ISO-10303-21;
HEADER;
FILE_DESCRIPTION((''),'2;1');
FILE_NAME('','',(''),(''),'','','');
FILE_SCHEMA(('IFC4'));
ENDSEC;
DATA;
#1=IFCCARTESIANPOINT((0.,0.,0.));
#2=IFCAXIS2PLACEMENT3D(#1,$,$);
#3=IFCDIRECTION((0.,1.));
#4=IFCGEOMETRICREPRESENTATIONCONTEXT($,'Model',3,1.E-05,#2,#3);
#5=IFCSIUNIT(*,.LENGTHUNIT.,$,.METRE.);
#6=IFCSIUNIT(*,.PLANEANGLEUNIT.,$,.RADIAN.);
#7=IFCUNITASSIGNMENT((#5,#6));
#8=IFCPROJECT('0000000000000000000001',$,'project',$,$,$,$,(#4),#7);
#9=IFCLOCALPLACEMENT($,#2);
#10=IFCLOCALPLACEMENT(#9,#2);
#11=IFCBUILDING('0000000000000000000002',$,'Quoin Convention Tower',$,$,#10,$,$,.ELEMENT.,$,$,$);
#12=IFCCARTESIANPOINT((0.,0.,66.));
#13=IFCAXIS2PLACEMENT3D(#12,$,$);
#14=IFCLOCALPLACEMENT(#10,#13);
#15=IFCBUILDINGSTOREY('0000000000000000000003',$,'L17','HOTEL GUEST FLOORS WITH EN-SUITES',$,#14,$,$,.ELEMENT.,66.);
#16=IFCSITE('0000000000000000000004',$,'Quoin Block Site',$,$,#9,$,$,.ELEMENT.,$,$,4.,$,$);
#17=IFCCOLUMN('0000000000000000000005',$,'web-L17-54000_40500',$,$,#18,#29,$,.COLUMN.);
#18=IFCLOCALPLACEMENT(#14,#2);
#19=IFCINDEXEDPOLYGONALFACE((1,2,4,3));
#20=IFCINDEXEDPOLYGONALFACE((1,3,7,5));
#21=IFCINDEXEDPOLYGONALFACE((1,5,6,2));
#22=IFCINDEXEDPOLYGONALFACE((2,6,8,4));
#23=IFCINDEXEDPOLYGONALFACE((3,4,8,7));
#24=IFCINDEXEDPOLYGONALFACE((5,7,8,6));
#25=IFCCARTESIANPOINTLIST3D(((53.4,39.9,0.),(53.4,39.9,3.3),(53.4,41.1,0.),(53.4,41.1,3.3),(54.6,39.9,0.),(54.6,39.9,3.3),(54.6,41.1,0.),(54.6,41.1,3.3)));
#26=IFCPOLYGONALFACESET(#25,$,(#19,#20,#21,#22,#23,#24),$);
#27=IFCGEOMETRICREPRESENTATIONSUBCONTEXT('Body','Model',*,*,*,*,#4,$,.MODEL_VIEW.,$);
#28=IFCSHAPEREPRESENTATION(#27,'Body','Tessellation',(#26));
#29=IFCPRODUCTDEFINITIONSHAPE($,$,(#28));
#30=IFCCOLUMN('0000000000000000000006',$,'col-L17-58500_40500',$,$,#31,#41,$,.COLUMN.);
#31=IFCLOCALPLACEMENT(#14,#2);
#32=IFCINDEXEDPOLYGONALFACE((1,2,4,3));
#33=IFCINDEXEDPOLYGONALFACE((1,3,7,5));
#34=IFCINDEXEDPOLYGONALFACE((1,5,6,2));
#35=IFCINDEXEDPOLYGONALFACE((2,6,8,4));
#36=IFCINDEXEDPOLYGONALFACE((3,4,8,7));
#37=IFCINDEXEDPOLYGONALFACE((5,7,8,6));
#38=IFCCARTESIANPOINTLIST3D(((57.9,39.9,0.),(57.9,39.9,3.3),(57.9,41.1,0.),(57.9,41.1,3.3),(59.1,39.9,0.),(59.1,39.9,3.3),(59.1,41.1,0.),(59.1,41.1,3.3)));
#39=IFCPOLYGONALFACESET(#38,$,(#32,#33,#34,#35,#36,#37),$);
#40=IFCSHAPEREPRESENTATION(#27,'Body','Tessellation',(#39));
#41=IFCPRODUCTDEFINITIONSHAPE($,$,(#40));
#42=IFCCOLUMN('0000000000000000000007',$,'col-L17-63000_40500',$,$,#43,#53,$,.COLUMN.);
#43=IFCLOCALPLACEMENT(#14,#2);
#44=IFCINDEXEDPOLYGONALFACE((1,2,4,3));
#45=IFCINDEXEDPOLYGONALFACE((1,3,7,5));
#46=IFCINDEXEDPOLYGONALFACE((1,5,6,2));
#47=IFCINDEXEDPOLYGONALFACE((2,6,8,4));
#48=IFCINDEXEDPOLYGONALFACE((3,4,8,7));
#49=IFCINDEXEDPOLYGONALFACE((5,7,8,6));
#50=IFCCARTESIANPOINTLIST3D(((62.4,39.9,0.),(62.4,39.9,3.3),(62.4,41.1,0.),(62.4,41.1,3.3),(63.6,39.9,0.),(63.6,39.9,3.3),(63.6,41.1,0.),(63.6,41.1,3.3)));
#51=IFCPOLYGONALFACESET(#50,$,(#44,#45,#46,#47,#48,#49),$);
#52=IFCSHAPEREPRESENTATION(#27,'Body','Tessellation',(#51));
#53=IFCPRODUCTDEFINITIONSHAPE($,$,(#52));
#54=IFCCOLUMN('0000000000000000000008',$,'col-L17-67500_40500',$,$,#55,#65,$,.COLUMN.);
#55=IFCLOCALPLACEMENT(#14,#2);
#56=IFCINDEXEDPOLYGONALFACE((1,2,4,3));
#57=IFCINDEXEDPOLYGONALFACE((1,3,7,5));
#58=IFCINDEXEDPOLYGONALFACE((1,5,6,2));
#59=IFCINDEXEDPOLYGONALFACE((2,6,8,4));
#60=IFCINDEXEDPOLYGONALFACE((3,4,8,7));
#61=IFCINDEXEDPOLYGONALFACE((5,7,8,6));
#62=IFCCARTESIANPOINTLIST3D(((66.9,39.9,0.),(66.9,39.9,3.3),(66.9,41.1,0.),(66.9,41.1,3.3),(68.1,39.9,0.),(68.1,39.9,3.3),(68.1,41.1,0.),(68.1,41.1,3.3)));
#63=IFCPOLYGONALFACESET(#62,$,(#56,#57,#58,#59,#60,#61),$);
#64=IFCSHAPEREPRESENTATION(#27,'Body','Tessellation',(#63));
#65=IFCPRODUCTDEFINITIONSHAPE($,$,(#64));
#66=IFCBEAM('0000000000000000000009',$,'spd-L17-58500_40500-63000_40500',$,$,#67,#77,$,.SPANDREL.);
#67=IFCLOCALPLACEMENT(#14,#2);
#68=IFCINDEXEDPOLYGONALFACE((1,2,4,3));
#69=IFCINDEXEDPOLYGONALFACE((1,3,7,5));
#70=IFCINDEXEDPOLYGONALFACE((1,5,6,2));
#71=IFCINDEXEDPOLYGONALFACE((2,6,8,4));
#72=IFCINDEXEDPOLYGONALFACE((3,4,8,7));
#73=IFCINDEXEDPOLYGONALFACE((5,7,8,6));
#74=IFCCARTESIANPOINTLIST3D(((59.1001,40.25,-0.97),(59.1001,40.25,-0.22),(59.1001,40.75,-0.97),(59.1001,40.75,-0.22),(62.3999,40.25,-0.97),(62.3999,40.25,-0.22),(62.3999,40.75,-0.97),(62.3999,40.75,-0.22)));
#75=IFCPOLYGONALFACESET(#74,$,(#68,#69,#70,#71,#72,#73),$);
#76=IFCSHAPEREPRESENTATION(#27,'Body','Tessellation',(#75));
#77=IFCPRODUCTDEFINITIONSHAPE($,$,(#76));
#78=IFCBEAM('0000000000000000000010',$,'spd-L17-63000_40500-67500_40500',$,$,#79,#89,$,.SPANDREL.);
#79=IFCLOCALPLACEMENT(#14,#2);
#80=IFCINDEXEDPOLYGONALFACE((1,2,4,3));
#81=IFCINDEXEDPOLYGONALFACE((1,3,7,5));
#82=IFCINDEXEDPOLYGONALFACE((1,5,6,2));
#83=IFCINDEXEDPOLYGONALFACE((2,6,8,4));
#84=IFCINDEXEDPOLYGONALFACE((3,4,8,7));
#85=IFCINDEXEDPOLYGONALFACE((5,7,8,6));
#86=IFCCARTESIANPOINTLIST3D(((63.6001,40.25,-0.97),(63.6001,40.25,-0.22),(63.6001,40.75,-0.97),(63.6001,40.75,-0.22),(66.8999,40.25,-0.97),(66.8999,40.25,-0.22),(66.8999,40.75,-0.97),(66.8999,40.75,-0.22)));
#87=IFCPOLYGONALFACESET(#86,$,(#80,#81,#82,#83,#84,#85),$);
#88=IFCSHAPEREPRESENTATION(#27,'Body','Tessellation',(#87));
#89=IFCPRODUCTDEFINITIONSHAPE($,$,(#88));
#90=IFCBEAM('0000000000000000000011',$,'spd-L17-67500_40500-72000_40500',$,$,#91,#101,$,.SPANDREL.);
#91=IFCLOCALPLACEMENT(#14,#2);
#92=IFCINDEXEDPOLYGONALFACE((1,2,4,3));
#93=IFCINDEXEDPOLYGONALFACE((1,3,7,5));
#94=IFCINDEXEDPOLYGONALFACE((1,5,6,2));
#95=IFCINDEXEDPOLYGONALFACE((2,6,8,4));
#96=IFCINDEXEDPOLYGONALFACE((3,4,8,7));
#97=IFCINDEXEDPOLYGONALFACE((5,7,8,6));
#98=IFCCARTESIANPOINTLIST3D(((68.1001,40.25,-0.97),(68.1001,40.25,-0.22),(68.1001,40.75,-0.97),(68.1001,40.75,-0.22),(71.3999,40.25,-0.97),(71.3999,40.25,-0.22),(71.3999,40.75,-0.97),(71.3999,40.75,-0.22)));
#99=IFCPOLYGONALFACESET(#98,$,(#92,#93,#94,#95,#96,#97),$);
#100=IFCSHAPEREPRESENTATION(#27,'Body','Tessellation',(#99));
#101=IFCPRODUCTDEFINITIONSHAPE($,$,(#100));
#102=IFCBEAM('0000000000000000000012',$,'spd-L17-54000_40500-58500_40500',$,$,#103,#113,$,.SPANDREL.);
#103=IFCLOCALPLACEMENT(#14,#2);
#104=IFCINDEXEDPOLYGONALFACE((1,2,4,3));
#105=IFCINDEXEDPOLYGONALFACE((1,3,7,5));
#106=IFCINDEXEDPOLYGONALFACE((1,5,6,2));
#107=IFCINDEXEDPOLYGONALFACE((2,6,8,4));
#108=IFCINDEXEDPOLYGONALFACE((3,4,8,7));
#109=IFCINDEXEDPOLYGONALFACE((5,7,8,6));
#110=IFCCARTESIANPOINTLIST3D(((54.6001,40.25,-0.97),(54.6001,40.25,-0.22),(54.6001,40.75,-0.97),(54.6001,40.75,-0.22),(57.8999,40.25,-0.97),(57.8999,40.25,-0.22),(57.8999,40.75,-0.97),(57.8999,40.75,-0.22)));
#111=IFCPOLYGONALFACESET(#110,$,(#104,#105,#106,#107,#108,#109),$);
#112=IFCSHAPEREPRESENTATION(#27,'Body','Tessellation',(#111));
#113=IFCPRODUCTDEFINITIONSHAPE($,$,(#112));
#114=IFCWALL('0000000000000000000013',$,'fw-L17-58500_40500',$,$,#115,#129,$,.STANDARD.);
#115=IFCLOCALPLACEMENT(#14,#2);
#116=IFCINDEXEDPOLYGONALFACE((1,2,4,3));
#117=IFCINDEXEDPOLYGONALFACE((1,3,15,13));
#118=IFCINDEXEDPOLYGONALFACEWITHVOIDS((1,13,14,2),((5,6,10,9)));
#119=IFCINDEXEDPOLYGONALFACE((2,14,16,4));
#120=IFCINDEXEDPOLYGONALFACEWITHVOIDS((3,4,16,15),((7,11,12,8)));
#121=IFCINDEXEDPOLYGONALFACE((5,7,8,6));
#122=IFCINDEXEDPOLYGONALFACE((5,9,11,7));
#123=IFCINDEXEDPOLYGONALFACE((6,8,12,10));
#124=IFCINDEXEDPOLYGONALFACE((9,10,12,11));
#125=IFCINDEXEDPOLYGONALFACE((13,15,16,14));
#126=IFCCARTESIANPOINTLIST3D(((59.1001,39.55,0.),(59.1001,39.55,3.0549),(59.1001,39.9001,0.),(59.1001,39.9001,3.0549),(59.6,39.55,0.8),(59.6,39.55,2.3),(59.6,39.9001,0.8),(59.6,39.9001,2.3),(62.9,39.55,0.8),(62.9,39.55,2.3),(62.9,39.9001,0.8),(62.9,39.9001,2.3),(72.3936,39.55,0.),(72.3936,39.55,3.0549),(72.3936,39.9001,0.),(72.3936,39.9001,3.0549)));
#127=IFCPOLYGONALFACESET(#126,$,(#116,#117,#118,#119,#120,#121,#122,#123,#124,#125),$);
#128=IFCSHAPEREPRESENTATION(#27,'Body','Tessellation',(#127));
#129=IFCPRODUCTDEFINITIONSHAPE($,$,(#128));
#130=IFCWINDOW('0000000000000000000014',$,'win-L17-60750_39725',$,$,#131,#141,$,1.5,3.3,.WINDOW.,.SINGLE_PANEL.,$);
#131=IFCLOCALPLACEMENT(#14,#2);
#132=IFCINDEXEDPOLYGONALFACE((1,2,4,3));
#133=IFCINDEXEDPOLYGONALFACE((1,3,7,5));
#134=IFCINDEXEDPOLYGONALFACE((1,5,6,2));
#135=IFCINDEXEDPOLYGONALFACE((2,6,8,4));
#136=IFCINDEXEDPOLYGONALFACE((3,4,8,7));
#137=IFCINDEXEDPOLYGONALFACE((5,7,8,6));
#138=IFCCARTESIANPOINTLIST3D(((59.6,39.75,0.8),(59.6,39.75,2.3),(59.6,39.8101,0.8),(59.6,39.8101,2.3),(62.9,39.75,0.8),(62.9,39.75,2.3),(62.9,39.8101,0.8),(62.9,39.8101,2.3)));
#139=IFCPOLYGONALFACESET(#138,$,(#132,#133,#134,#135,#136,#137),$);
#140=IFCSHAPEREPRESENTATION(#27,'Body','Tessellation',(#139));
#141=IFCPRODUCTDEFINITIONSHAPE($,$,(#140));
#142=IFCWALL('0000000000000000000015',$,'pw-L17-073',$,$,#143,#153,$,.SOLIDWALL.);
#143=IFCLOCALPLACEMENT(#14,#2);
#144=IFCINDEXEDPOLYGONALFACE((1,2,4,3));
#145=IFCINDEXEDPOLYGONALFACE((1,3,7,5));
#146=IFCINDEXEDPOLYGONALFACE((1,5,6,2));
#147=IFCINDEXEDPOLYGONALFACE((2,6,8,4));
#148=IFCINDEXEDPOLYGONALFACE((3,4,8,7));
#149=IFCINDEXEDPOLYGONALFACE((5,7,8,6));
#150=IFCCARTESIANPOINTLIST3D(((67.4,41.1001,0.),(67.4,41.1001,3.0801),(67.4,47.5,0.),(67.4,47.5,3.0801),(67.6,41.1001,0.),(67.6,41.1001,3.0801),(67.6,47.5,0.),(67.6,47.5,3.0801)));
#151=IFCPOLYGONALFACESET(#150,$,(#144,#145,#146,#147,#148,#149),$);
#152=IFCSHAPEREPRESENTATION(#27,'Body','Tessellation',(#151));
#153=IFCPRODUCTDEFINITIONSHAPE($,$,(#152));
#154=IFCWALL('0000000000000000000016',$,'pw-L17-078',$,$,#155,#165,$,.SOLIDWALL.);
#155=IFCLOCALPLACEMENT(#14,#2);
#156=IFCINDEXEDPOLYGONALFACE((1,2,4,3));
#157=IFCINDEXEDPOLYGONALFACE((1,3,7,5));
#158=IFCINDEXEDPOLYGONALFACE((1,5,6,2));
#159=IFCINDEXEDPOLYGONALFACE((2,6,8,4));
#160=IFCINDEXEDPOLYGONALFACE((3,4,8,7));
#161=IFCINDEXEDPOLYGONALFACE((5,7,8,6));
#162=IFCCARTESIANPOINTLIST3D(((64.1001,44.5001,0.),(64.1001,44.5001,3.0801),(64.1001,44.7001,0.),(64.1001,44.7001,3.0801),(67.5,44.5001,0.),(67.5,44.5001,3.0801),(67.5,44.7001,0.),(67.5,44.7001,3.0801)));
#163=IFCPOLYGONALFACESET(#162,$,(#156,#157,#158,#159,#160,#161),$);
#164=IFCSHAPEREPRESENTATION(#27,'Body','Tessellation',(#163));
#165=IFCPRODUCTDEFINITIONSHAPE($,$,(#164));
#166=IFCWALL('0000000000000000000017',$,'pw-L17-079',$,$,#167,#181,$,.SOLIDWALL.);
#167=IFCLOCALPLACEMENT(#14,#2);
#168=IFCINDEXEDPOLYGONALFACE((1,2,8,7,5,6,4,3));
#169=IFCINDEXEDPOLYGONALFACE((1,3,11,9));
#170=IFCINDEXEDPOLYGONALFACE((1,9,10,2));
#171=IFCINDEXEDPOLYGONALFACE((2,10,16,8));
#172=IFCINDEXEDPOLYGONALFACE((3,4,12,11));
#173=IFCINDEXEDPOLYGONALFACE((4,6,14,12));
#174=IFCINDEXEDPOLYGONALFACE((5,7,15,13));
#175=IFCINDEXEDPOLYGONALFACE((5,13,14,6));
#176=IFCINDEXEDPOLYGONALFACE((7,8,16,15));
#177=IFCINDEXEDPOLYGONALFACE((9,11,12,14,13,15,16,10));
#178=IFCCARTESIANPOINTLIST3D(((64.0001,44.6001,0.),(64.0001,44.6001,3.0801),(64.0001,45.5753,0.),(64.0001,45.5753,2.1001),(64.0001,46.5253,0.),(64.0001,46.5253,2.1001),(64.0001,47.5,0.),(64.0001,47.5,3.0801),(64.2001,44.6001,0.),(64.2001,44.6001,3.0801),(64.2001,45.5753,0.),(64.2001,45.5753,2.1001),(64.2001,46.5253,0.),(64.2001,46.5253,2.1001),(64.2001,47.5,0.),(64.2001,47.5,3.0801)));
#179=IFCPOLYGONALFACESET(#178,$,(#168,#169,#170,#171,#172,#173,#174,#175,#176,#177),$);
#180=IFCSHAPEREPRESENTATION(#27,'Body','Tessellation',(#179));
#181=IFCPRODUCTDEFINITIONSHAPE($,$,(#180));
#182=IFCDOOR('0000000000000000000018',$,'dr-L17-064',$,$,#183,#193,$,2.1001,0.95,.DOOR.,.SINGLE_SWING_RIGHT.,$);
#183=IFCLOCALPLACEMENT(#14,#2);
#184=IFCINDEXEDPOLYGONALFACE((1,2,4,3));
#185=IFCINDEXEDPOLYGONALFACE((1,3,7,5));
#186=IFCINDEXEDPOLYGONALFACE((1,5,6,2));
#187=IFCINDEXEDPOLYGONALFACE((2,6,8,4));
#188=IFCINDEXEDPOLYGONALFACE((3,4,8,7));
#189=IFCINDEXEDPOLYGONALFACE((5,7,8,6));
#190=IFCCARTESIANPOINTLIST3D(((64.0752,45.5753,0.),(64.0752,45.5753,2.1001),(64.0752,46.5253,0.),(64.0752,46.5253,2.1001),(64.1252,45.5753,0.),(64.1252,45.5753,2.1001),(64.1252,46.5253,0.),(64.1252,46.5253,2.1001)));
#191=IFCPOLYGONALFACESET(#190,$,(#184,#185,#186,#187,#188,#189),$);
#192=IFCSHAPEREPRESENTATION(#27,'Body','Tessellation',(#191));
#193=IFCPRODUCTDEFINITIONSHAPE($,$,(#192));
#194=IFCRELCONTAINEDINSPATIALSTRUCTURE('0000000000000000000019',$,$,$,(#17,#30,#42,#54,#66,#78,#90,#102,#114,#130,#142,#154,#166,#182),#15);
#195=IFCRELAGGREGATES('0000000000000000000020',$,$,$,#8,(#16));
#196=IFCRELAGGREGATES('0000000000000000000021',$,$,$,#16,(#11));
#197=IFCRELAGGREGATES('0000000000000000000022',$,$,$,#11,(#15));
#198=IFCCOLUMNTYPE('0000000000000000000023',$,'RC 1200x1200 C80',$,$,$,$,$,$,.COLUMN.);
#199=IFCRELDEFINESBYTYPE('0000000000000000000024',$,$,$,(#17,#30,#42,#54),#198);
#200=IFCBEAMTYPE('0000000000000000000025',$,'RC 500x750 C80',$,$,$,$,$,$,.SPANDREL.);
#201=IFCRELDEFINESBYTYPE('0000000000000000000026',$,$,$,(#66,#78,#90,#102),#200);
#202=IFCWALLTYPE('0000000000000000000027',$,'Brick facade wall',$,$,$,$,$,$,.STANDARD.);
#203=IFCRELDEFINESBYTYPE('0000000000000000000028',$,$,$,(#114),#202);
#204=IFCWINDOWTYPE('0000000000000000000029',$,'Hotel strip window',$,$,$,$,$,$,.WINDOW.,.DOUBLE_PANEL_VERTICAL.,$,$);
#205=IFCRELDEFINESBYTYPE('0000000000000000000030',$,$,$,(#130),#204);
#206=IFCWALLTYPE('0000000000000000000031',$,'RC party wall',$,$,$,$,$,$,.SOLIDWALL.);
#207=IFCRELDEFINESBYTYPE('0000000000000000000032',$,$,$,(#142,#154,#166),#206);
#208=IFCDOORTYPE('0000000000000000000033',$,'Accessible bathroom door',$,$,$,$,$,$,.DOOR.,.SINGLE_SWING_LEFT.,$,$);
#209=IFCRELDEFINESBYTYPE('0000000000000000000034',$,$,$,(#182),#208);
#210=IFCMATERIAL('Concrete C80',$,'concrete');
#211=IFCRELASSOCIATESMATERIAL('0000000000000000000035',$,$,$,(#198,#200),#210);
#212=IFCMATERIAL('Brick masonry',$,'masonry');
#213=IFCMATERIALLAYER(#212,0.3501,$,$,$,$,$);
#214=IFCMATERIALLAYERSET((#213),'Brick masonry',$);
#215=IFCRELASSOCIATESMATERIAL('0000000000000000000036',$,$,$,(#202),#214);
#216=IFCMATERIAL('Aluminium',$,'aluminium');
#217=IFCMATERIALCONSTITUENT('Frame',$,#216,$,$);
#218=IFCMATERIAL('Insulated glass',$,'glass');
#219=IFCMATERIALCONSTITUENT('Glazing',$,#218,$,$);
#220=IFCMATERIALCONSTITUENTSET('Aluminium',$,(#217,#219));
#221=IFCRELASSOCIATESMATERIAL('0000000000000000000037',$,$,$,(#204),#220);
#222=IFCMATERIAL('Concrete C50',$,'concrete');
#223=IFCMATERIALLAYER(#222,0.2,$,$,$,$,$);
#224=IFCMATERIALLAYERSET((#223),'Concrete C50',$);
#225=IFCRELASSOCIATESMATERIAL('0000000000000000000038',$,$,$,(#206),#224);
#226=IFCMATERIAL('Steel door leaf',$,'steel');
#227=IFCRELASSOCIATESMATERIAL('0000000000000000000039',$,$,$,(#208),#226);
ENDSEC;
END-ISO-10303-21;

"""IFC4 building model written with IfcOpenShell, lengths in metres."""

from ifc_helpers import new_model, si_unit, direction, frame, frame_2d, origin, origin_2d, place, context, subcontext, project, spatial, rectangle, extrude, material, layer, layer_set, constituent, constituent_set, material_profile, profile_set, type_object, element, fill, save


model = new_model("IFC4")

# Units and contexts
model_context = context("Model", 3, precision=1e-05, world=origin(), true_north=direction((0.0, 1.0)))
body_context = subcontext(model_context, "Body", "Model", "MODEL_VIEW")
ifc_project = project(units=[si_unit("LENGTHUNIT", "METRE"), si_unit("PLANEANGLEUNIT", "RADIAN")], contexts=[model_context])

# Site, building, storey
site_placement = place(None, origin())
site = spatial("IfcSite", under=ifc_project, at=site_placement, Name="Quoin Block Site", CompositionType="ELEMENT", RefElevation=4.0)
building_placement = place(site_placement, origin())
building = spatial("IfcBuilding", under=site, at=building_placement, Name="Quoin Convention Tower", CompositionType="ELEMENT")
storey_placement = place(building_placement, frame((0.0, 0.0, 66.0)))
storey = spatial("IfcBuildingStorey", under=building, at=storey_placement, Name="L17", Description="HOTEL GUEST FLOORS WITH EN-SUITES", CompositionType="ELEMENT", Elevation=66.0)

# Columns
ifc_material_1 = material(Name="Concrete C80", Category="concrete")
ifc_material_profile_1 = material_profile(ifc_material_1, rectangle(XDim=1.2, YDim=1.2, at=origin_2d()), Name="RC 1200x1200")
ifc_profile_set_1 = profile_set([ifc_material_profile_1], Name="Concrete C80")
column_type = type_object("IfcColumnType", Name="RC 1200x1200 C80", PredefinedType="COLUMN", material=ifc_profile_set_1)
for number, where, z_axis, x_axis, name in (
    (1, (54.0, 40.5, 0.0), (0.0, 0.0, 1.0), (1.0, 0.0, 0.0), "web-L17-54000_40500"),
    (2, (58.5, 40.5, 0.0), (0.0, 0.0, 1.0), (1.0, 0.0, 0.0), "col-L17-58500_40500"),
    (3, (63.0, 40.5, 0.0), (0.0, 0.0, 1.0), (1.0, 0.0, 0.0), "col-L17-63000_40500"),
    (4, (67.5, 40.5, 0.0), (0.0, 0.0, 1.0), (1.0, 0.0, 0.0), "col-L17-67500_40500"),
):
    element("IfcColumn", number, at=place(storey_placement, frame(where, z_axis=z_axis, x_axis=x_axis)), inside=storey, type_object=column_type, Name=name, PredefinedType="COLUMN", context=body_context, shape_type="SweptSolid", body=[
        extrude(rectangle(XDim=1.2, YDim=1.2, at=origin_2d()), origin(), (0.0, 0.0, 1.0), 3.3),
    ])

# Beams
ifc_material_profile_2 = material_profile(ifc_material_1, rectangle(XDim=0.5, YDim=0.75, at=origin_2d()), Name="RC 500x750")
ifc_profile_set_2 = profile_set([ifc_material_profile_2], Name="Concrete C80")
beam_type = type_object("IfcBeamType", Name="RC 500x750 C80", PredefinedType="SPANDREL", material=ifc_profile_set_2)
for number, where, z_axis, x_axis, name in (
    (5, (59.1001, 40.5, -0.595), (1.0, 0.0, 0.0), (0.0, 1.0, 0.0), "spd-L17-58500_40500-63000_40500"),
    (6, (63.6001, 40.5, -0.595), (1.0, 0.0, 0.0), (0.0, 1.0, 0.0), "spd-L17-63000_40500-67500_40500"),
    (7, (68.1001, 40.5, -0.595), (1.0, 0.0, 0.0), (0.0, 1.0, 0.0), "spd-L17-67500_40500-72000_40500"),
    (8, (54.6001, 40.5, -0.595), (1.0, 0.0, 0.0), (0.0, 1.0, 0.0), "spd-L17-54000_40500-58500_40500"),
):
    element("IfcBeam", number, at=place(storey_placement, frame(where, z_axis=z_axis, x_axis=x_axis)), inside=storey, type_object=beam_type, Name=name, PredefinedType="SPANDREL", context=body_context, shape_type="SweptSolid", body=[
        extrude(rectangle(XDim=0.5, YDim=0.75, at=origin_2d()), origin(), (0.0, 0.0, 1.0), 3.2998),
    ])

# Wall, opening, window
ifc_material_2 = material(Name="Brick masonry", Category="masonry")
ifc_layer_1 = layer(ifc_material_2, 0.3501)
ifc_layer_set_1 = layer_set([ifc_layer_1], Name="Brick masonry")
wall_type_1 = type_object("IfcWallType", Name="Brick facade wall", PredefinedType="STANDARD", material=ifc_layer_set_1)
wall_1_placement = place(storey_placement, frame((59.1001, 39.7251, 0.0), z_axis=(0.0, 0.0, 1.0), x_axis=(1.0, 0.0, 0.0)))
wall_1 = element("IfcWall", 9, at=wall_1_placement, inside=storey, type_object=wall_type_1, Name="fw-L17-58500_40500", PredefinedType="STANDARD", context=body_context, shape_type="SweptSolid", body=[
    extrude(rectangle(XDim=13.2935, YDim=0.3501, at=frame_2d((6.6467, 0.0))), origin(), (0.0, 0.0, 1.0), 3.0549),
])
opening_1_placement = place(wall_1_placement, frame((0.5, 0.0, 0.8)))
opening_1 = element("IfcOpeningElement", 10, at=opening_1_placement, cuts=wall_1, PredefinedType="OPENING", context=body_context, shape_type="SweptSolid", body=[
    extrude(rectangle(XDim=3.3, YDim=1.5, at=frame_2d((1.6499, 0.75))), frame((0.0, 0.1851, 0.0), z_axis=(0.0, -1.0, 0.0), x_axis=(1.0, 0.0, 0.0)), (0.0, 0.0, 1.0), 0.3701),
])
ifc_material_3 = material(Name="Aluminium", Category="aluminium")
ifc_constituent_1 = constituent(ifc_material_3, Name="Frame")
ifc_material_4 = material(Name="Insulated glass", Category="glass")
ifc_constituent_2 = constituent(ifc_material_4, Name="Glazing")
ifc_constituent_set = constituent_set(constituents=[ifc_constituent_1, ifc_constituent_2], Name="Aluminium")
window_type = type_object("IfcWindowType", Name="Hotel strip window", PartitioningType="DOUBLE_PANEL_VERTICAL", PredefinedType="WINDOW", material=ifc_constituent_set)
window_placement = place(opening_1_placement, origin())
window = element("IfcWindow", 11, at=window_placement, inside=storey, type_object=window_type, Name="win-L17-60750_39725", OverallHeight=1.5, OverallWidth=3.3, PartitioningType="SINGLE_PANEL", PredefinedType="WINDOW", context=body_context, shape_type="SweptSolid", body=[
    extrude(rectangle(XDim=3.3, YDim=1.5, at=frame_2d((1.6499, 0.75))), frame((0.0, 0.085, 0.0), z_axis=(0.0, -1.0, 0.0), x_axis=(1.0, 0.0, 0.0)), (0.0, 0.0, 1.0), 0.0601),
])
fill(opening_1, window)

# Walls
ifc_material_5 = material(Name="Concrete C50", Category="concrete")
ifc_layer_2 = layer(ifc_material_5, 0.2)
ifc_layer_set_2 = layer_set([ifc_layer_2], Name="Concrete C50")
wall_type_2 = type_object("IfcWallType", Name="RC party wall", PredefinedType="SOLIDWALL", material=ifc_layer_set_2)
wall_2_placement = place(storey_placement, frame((67.5, 41.1001, 0.0), z_axis=(0.0, 0.0, 1.0), x_axis=(0.0, 1.0, 0.0)))
element("IfcWall", 12, at=wall_2_placement, inside=storey, type_object=wall_type_2, Name="pw-L17-073", PredefinedType="SOLIDWALL", context=body_context, shape_type="SweptSolid", body=[
    extrude(rectangle(XDim=6.3999, YDim=0.2, at=frame_2d((3.2, 0.0))), origin(), (0.0, 0.0, 1.0), 3.0801),
])
wall_3_placement = place(storey_placement, frame((64.1001, 44.6001, 0.0), z_axis=(0.0, 0.0, 1.0), x_axis=(1.0, 0.0, 0.0)))
element("IfcWall", 13, at=wall_3_placement, inside=storey, type_object=wall_type_2, Name="pw-L17-078", PredefinedType="SOLIDWALL", context=body_context, shape_type="SweptSolid", body=[
    extrude(rectangle(XDim=3.3999, YDim=0.2, at=frame_2d((1.7, 0.0))), origin(), (0.0, 0.0, 1.0), 3.0801),
])

# Wall, opening, door
wall_4_placement = place(storey_placement, frame((64.1001, 44.6001, 0.0), z_axis=(0.0, 0.0, 1.0), x_axis=(0.0, 1.0, 0.0)))
wall_4 = element("IfcWall", 14, at=wall_4_placement, inside=storey, type_object=wall_type_2, Name="pw-L17-079", PredefinedType="SOLIDWALL", context=body_context, shape_type="SweptSolid", body=[
    extrude(rectangle(XDim=2.8999, YDim=0.2, at=frame_2d((1.45, 0.0))), origin(), (0.0, 0.0, 1.0), 3.0801),
])
opening_2_placement = place(wall_4_placement, frame((0.9751, 0.0, 0.0)))
opening_2 = element("IfcOpeningElement", 15, at=opening_2_placement, cuts=wall_4, PredefinedType="OPENING", context=body_context, shape_type="SweptSolid", body=[
    extrude(rectangle(XDim=0.95, YDim=2.1001, at=frame_2d((0.4751, 1.05))), frame((0.0, 0.1099, 0.0), z_axis=(0.0, -1.0, 0.0), x_axis=(1.0, 0.0, 0.0)), (0.0, 0.0, 1.0), 0.22),
])
ifc_material_6 = material(Name="Steel door leaf", Category="steel")
door_type = type_object("IfcDoorType", Name="Accessible bathroom door", OperationType="SINGLE_SWING_LEFT", PredefinedType="DOOR", material=ifc_material_6)
door_placement = place(opening_2_placement, origin())
door = element("IfcDoor", 16, at=door_placement, inside=storey, type_object=door_type, Name="dr-L17-064", OperationType="SINGLE_SWING_RIGHT", OverallHeight=2.1001, OverallWidth=0.95, PredefinedType="DOOR", context=body_context, shape_type="SweptSolid", body=[
    extrude(rectangle(XDim=0.95, YDim=2.1001, at=frame_2d((0.4751, 1.05))), frame((0.0, 0.0249, 0.0), z_axis=(0.0, -1.0, 0.0), x_axis=(1.0, 0.0, 0.0)), (0.0, 0.0, 1.0), 0.05),
])
fill(opening_2, door)

save(model, "model.ifc")
